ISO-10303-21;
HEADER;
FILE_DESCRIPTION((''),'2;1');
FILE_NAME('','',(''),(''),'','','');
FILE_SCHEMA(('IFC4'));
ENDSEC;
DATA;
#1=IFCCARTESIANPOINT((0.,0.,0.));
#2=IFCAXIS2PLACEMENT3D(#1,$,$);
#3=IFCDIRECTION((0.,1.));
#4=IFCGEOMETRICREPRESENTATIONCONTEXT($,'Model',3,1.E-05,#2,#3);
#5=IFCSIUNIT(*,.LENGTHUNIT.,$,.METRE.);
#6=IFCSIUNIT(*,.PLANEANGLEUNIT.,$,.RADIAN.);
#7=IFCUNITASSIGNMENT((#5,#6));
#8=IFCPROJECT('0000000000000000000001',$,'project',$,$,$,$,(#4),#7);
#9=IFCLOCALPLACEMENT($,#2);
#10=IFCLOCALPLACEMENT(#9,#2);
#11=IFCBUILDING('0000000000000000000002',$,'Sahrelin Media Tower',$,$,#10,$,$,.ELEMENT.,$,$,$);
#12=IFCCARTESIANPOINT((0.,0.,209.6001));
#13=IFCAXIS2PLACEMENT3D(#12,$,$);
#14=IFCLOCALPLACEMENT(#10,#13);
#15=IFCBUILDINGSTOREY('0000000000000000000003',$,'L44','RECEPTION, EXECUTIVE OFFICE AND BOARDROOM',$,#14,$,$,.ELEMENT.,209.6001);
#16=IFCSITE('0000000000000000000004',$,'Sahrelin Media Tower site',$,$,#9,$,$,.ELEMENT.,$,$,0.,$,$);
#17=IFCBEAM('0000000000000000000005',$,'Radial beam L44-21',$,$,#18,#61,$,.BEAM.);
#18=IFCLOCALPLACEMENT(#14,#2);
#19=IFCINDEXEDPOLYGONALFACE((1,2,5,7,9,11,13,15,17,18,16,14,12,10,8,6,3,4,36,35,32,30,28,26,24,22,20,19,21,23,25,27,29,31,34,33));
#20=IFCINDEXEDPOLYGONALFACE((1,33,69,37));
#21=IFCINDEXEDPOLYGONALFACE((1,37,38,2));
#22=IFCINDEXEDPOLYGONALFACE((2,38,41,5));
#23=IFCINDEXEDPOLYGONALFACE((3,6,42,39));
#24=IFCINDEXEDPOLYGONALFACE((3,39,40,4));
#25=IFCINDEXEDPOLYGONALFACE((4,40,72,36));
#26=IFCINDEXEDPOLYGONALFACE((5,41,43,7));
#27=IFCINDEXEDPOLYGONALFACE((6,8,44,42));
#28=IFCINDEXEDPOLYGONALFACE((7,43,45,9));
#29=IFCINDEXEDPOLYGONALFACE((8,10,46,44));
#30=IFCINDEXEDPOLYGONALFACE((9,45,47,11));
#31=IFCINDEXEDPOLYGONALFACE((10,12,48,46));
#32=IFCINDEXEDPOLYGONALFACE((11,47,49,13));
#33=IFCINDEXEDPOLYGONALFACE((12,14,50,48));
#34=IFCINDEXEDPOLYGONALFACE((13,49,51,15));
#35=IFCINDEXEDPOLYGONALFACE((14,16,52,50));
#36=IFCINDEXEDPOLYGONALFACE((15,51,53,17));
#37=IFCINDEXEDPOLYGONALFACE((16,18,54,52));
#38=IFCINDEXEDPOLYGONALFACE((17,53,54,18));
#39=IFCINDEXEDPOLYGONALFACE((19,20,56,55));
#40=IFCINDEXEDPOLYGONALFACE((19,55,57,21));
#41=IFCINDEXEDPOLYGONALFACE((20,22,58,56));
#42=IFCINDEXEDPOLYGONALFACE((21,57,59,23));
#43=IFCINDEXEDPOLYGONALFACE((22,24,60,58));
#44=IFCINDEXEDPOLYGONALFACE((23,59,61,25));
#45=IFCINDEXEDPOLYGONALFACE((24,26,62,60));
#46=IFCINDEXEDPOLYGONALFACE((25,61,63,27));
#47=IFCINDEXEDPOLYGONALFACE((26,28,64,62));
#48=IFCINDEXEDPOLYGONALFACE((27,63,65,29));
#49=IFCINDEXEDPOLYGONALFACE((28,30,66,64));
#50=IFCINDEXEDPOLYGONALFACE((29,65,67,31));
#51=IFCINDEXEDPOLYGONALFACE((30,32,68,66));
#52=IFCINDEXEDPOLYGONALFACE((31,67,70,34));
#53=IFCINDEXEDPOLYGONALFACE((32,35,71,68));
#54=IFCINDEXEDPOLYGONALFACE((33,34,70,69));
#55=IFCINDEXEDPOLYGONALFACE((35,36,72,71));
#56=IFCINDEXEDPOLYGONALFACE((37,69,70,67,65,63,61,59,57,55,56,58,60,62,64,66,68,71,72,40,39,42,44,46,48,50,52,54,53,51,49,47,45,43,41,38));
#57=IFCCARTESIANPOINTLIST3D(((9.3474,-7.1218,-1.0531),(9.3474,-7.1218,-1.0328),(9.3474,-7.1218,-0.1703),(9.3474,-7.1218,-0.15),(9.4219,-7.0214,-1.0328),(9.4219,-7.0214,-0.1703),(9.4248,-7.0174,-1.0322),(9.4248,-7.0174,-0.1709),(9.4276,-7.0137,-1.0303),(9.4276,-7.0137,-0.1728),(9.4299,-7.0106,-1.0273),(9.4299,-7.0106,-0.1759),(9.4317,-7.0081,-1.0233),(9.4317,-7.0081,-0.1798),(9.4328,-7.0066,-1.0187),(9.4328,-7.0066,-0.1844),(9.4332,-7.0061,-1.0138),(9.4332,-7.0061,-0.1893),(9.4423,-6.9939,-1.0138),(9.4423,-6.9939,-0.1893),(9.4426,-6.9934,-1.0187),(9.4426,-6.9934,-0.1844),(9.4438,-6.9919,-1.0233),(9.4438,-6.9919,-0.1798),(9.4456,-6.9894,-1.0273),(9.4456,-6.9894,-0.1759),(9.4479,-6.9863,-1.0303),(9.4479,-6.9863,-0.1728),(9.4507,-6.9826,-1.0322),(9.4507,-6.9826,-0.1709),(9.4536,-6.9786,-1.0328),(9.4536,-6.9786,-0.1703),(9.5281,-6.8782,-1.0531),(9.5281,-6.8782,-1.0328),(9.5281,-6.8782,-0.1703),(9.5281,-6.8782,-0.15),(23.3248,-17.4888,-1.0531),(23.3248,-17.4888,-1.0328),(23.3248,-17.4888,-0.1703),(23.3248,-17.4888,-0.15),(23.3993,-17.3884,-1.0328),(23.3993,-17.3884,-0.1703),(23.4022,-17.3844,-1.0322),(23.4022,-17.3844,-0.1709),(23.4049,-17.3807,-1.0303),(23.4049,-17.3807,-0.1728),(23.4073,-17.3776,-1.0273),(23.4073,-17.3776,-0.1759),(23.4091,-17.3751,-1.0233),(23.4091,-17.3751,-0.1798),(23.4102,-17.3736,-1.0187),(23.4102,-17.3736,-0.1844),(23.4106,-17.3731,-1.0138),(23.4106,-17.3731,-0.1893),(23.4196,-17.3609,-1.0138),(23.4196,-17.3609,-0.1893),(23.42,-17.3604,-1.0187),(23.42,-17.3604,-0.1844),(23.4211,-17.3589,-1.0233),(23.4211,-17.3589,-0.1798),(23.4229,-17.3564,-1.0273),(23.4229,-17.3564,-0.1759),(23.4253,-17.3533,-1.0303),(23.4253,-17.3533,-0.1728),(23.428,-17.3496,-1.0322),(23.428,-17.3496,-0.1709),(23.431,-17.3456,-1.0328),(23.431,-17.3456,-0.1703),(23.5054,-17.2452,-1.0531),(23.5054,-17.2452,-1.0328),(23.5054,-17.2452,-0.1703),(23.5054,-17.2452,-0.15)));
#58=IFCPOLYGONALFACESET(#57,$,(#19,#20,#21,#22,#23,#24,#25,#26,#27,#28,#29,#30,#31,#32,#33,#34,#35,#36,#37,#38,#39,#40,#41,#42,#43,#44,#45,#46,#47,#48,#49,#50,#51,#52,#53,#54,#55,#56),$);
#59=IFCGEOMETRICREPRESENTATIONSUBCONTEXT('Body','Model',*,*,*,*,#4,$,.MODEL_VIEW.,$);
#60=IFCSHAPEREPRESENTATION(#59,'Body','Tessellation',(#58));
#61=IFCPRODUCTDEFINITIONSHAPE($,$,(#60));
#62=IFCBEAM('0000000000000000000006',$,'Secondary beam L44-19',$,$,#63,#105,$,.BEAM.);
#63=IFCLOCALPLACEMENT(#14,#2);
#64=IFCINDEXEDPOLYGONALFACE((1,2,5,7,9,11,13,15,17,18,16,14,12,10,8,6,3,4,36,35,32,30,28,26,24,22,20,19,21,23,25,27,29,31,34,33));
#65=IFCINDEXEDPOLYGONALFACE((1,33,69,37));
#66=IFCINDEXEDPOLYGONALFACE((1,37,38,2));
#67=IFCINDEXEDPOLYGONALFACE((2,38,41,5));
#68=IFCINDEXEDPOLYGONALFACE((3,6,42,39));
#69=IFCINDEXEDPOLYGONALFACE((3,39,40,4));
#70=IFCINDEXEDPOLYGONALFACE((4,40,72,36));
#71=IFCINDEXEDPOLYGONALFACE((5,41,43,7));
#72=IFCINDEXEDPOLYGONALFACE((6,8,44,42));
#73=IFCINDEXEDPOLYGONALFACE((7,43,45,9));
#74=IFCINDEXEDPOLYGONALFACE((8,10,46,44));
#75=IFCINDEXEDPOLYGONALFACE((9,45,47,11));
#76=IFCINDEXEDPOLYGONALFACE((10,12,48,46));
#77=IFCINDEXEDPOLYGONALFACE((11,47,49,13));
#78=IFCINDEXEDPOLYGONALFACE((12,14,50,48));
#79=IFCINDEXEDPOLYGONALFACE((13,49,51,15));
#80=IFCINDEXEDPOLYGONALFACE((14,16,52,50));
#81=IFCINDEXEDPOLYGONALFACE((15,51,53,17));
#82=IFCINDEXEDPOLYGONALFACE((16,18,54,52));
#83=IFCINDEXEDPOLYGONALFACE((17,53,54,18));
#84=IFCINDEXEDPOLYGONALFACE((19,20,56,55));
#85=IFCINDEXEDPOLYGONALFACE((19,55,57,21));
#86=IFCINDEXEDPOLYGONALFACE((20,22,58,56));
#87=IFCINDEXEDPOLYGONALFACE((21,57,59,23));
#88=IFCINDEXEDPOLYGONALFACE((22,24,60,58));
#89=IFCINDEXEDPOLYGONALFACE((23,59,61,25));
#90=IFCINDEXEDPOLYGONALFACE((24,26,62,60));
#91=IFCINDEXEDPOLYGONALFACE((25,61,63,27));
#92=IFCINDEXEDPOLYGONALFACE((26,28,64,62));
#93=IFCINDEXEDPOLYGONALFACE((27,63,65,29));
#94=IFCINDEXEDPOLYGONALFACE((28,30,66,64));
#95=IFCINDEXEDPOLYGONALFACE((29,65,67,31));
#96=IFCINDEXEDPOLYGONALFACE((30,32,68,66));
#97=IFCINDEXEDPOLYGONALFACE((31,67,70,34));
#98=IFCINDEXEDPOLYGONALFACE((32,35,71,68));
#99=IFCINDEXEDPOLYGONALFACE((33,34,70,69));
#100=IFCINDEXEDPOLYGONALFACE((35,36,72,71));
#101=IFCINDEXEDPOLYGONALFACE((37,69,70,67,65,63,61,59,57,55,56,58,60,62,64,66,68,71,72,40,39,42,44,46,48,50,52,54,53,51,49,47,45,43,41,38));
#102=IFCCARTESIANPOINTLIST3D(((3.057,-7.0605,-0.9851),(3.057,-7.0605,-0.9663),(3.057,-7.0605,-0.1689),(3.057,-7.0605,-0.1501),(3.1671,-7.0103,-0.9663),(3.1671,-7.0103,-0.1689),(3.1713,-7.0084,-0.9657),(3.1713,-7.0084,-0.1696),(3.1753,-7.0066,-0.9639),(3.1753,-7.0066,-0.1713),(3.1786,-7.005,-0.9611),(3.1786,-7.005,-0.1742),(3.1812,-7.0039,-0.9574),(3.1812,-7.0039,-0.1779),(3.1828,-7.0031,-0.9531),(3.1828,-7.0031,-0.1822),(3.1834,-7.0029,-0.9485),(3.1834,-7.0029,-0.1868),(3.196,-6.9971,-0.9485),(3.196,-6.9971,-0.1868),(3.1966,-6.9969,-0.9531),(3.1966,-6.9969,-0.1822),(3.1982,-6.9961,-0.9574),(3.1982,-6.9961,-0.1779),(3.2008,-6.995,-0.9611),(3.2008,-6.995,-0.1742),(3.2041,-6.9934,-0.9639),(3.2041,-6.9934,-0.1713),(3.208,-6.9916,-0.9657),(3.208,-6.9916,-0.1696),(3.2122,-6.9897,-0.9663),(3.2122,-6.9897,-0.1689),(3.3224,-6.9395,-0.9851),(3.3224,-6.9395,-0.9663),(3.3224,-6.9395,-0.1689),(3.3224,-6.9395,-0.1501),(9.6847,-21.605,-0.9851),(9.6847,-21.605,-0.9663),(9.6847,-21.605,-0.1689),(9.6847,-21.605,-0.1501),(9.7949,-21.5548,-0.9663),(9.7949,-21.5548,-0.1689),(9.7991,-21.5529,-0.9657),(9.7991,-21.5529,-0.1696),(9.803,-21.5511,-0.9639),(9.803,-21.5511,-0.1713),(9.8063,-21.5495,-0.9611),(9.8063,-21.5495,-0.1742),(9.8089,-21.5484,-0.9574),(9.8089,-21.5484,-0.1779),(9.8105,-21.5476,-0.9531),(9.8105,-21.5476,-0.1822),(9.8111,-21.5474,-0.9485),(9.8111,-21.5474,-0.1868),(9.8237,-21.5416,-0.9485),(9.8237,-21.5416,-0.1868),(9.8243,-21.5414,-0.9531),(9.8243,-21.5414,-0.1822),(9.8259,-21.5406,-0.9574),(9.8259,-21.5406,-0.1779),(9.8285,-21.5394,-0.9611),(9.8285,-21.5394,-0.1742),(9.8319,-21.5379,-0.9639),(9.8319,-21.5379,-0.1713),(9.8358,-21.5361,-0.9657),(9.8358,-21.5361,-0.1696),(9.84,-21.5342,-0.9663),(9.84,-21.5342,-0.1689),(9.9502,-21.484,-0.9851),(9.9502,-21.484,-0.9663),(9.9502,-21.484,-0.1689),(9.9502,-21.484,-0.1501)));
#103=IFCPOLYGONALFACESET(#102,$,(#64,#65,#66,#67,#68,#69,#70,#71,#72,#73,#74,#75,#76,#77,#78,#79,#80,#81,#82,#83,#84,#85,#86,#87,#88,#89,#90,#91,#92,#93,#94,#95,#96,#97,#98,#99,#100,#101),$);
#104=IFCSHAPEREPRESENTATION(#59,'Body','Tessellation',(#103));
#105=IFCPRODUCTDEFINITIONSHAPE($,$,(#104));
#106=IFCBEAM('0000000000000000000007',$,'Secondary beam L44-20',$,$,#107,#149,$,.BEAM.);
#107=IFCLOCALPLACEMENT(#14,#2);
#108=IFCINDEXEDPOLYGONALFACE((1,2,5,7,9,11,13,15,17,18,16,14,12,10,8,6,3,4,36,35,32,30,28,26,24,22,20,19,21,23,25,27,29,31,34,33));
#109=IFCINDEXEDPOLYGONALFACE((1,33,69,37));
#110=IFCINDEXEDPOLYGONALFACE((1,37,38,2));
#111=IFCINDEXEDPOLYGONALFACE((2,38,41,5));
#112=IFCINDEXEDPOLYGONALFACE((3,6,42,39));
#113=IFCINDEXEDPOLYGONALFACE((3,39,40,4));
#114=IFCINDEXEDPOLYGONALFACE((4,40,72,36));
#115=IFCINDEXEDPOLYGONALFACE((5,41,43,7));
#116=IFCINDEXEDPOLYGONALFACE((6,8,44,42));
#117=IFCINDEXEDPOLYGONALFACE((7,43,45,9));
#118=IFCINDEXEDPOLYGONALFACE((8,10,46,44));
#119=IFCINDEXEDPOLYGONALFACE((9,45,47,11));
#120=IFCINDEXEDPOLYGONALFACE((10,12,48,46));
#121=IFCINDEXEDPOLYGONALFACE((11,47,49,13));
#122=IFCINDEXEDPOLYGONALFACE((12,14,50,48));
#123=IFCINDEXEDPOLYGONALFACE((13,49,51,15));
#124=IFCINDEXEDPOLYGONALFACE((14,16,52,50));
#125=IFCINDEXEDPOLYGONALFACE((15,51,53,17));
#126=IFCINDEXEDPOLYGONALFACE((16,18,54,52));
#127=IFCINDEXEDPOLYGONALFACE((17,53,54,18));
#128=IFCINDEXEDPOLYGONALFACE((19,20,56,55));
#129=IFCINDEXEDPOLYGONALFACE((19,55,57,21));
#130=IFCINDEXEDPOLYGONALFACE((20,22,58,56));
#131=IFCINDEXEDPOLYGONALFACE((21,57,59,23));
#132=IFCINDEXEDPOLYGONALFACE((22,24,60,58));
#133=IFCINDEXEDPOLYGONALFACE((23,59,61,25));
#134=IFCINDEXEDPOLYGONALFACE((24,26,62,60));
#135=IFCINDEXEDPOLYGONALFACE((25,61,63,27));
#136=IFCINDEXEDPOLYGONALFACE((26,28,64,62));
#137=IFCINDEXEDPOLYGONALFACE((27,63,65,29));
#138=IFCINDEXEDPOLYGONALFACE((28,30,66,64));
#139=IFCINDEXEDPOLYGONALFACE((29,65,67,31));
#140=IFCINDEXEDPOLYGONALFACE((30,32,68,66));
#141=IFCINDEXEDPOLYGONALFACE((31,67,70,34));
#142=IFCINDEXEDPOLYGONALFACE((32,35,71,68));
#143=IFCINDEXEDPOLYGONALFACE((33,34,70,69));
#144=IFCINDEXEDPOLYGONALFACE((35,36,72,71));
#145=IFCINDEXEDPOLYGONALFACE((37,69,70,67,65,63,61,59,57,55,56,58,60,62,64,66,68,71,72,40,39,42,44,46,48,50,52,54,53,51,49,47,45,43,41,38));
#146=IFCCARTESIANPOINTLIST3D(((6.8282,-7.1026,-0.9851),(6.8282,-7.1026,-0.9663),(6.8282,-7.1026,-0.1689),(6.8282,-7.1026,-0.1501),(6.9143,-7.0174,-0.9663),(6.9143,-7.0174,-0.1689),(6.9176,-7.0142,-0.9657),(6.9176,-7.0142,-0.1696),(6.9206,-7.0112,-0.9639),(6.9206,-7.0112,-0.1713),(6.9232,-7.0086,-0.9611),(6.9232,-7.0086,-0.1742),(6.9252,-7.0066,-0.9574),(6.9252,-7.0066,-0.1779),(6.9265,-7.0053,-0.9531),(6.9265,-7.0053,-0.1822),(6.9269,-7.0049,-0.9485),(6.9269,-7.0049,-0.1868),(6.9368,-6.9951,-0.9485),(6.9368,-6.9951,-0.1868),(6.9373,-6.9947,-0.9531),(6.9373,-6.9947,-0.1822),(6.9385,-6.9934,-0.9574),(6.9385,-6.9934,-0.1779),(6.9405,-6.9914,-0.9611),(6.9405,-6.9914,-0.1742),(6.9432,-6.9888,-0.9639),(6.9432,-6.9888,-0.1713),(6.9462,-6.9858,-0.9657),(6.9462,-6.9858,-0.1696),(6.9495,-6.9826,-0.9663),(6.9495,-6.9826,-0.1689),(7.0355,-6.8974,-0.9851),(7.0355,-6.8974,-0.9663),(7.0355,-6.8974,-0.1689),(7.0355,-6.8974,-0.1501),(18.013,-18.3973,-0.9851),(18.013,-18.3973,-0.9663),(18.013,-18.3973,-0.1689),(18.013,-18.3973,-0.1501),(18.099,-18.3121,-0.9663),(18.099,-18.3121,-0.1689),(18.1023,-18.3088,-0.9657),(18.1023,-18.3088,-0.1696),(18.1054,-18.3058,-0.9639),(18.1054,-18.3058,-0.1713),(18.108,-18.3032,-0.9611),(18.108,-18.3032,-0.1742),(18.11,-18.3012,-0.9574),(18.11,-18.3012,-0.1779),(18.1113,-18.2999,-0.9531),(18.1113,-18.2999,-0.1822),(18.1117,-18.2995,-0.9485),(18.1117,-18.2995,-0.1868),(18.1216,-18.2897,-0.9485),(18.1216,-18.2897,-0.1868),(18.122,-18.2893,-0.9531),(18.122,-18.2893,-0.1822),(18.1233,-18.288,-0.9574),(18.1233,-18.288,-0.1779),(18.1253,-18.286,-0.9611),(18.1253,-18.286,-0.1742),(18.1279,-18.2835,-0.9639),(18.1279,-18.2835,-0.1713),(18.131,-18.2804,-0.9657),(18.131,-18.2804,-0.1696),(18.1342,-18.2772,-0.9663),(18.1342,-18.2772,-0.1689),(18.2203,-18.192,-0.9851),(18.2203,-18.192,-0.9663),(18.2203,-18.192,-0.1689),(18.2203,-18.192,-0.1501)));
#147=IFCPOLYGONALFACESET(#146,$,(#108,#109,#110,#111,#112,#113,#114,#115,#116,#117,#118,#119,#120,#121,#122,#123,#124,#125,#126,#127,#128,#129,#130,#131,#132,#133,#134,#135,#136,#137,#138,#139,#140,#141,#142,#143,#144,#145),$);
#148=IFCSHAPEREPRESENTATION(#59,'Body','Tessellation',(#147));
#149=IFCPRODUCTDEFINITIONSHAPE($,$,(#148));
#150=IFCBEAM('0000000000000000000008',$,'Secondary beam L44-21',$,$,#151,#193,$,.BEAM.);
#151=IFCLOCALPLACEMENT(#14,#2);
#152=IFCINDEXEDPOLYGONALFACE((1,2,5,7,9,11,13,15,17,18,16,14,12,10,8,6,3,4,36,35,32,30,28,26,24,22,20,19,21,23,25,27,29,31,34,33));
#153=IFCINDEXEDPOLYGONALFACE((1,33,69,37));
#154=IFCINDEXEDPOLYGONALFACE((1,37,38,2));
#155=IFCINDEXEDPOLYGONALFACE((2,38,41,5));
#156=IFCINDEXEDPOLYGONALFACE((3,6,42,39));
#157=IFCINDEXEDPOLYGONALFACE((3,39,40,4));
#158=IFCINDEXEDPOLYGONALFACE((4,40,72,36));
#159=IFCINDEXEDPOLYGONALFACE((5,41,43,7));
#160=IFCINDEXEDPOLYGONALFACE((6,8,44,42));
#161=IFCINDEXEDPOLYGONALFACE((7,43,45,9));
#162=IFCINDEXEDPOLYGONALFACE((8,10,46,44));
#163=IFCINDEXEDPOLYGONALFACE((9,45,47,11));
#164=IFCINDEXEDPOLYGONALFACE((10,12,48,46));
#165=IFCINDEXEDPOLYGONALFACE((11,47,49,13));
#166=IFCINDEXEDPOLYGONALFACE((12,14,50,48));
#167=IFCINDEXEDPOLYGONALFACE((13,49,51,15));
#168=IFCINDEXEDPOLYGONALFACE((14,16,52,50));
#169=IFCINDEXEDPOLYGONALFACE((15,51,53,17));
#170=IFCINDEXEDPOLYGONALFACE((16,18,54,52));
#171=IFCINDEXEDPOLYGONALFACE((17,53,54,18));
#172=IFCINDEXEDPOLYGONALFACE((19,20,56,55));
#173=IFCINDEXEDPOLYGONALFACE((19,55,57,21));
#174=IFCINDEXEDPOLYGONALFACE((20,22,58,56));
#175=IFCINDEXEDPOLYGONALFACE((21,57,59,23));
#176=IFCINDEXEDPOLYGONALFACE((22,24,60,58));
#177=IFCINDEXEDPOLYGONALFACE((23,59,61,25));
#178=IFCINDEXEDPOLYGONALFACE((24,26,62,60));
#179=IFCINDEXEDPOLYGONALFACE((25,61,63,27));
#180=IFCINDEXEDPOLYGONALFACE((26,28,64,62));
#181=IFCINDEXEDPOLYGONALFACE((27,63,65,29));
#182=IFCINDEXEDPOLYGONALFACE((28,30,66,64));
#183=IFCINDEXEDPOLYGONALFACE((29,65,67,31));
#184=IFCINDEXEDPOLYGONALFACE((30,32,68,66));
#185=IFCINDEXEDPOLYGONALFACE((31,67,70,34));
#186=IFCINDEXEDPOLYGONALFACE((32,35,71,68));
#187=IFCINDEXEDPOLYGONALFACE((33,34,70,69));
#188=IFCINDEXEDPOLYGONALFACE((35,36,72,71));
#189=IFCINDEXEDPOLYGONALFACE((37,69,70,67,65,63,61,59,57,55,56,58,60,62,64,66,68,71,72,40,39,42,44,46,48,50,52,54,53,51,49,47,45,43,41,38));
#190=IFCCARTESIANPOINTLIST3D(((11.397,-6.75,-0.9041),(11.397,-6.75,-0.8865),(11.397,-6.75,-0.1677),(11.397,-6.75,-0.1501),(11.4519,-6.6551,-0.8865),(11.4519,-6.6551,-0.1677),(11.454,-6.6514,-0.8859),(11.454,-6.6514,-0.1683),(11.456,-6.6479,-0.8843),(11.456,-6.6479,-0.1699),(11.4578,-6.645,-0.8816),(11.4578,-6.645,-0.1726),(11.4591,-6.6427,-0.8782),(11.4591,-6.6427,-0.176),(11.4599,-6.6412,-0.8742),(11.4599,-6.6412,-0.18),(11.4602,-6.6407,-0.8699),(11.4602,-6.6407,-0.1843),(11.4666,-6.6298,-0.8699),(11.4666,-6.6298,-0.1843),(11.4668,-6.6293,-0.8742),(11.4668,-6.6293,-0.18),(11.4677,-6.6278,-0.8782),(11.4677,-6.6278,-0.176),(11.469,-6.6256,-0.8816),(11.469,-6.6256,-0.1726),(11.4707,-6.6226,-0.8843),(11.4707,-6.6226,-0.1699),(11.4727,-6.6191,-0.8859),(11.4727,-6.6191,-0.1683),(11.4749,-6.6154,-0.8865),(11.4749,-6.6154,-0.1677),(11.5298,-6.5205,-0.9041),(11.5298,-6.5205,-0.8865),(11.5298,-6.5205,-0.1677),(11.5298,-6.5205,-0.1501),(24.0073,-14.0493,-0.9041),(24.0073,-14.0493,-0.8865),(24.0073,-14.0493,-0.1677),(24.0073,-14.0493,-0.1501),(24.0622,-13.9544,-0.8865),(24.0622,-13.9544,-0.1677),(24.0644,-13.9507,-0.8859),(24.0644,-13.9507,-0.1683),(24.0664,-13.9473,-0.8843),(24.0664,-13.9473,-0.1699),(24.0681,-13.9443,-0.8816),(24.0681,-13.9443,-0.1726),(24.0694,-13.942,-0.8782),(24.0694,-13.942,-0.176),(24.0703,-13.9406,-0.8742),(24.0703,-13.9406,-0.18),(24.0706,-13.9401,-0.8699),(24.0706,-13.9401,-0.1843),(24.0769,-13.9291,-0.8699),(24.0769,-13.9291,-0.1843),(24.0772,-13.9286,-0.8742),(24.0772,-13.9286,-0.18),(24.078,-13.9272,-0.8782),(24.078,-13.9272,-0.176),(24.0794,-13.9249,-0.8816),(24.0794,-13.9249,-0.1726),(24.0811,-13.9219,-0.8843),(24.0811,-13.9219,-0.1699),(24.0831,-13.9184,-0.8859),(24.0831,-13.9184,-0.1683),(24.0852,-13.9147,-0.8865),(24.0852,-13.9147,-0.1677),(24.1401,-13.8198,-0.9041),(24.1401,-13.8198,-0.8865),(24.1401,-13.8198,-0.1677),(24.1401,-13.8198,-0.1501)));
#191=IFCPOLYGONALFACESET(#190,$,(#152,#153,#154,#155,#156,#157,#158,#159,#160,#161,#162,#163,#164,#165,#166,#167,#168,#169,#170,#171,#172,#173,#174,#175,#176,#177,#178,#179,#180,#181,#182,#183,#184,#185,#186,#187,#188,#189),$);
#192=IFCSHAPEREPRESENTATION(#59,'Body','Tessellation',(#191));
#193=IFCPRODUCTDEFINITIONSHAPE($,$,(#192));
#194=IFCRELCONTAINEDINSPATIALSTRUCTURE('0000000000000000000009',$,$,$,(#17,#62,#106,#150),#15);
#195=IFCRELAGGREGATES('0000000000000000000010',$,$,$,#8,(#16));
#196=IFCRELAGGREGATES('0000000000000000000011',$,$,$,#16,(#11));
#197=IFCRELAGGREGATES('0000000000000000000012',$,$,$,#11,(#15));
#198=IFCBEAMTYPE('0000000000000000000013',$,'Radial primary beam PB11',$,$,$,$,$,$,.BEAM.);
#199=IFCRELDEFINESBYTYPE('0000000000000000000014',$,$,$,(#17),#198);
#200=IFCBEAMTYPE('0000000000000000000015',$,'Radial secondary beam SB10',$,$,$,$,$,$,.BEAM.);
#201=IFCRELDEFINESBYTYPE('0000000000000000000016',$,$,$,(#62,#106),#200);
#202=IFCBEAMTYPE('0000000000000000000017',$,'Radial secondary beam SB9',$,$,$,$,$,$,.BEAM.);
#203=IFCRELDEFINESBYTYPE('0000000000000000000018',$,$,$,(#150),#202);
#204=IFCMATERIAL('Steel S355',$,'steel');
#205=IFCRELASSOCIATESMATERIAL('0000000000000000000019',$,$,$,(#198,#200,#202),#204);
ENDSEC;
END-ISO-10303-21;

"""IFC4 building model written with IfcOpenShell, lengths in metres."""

from ifc_helpers import new_model, si_unit, direction, frame, origin, origin_2d, place, context, subcontext, project, spatial, i_section, extrude, material, material_profile, profile_set, type_object, element, save


model = new_model("IFC4")

# Units and contexts
model_context = context("Model", 3, precision=1e-05, world=origin(), true_north=direction((0.0, 1.0)))
body_context = subcontext(model_context, "Body", "Model", "MODEL_VIEW")
ifc_project = project(units=[si_unit("LENGTHUNIT", "METRE"), si_unit("PLANEANGLEUNIT", "RADIAN")], contexts=[model_context])

# Site, building, storey
site_placement = place(None, origin())
site = spatial("IfcSite", under=ifc_project, at=site_placement, Name="Sahrelin Media Tower site", CompositionType="ELEMENT", RefElevation=0.0)
building_placement = place(site_placement, origin())
building = spatial("IfcBuilding", under=site, at=building_placement, Name="Sahrelin Media Tower", CompositionType="ELEMENT")
storey_placement = place(building_placement, frame((0.0, 0.0, 209.6001)))
storey = spatial("IfcBuildingStorey", under=building, at=storey_placement, Name="L44", Description="RECEPTION, EXECUTIVE OFFICE AND BOARDROOM", CompositionType="ELEMENT", Elevation=209.6001)

# Shared definitions
ifc_material_1 = material(Name="Steel S355", Category="steel")

# Beams
ifc_material_profile_1 = material_profile(ifc_material_1, i_section(OverallWidth=0.3032, OverallDepth=0.9031, WebThickness=0.0151, FlangeThickness=0.0203, FilletRadius=0.019, at=origin_2d()), Name="UB 914x305x201")
ifc_profile_set_1 = profile_set([ifc_material_profile_1], Name="Steel S355")
beam_type_1 = type_object("IfcBeamType", Name="Radial primary beam PB11", PredefinedType="BEAM", material=ifc_profile_set_1)
beam_1_placement = place(storey_placement, frame((9.4377, -7.0, -0.6016), z_axis=(0.803189, -0.595724, 0.0), x_axis=(0.595724, 0.803189, 0.0)))
element("IfcBeam", 1, at=beam_1_placement, inside=storey, type_object=beam_type_1, Name="Radial beam L44-21", PredefinedType="BEAM", context=body_context, shape_type="SweptSolid", body=[
    extrude(i_section(OverallWidth=0.3032, OverallDepth=0.9031, WebThickness=0.0151, FlangeThickness=0.0203, FilletRadius=0.019, at=origin_2d()), origin(), (0.0, 0.0, 1.0), 17.4023),
])
ifc_material_profile_2 = material_profile(ifc_material_1, i_section(OverallWidth=0.2917, OverallDepth=0.835, WebThickness=0.0139, FlangeThickness=0.0188, FilletRadius=0.0178, at=origin_2d()), Name="UB 838x292x176")
ifc_profile_set_2 = profile_set([ifc_material_profile_2], Name="Steel S355")
beam_type_2 = type_object("IfcBeamType", Name="Radial secondary beam SB10", PredefinedType="BEAM", material=ifc_profile_set_2)
beam_2_placement = place(storey_placement, frame((3.1897, -7.0, -0.5676), z_axis=(0.414662, -0.909975, 0.0), x_axis=(0.909975, 0.414662, 0.0)))
element("IfcBeam", 2, at=beam_2_placement, inside=storey, type_object=beam_type_2, Name="Secondary beam L44-19", PredefinedType="BEAM", context=body_context, shape_type="SweptSolid", body=[
    extrude(i_section(OverallWidth=0.2917, OverallDepth=0.835, WebThickness=0.0139, FlangeThickness=0.0188, FilletRadius=0.0178, at=origin_2d()), origin(), (0.0, 0.0, 1.0), 15.9834),
])
beam_3_placement = place(storey_placement, frame((6.9319, -7.0, -0.5676), z_axis=(0.703643, -0.710554, 0.0), x_axis=(0.710554, 0.703643, 0.0)))
element("IfcBeam", 3, at=beam_3_placement, inside=storey, type_object=beam_type_2, Name="Secondary beam L44-20", PredefinedType="BEAM", context=body_context, shape_type="SweptSolid", body=[
    extrude(i_section(OverallWidth=0.2917, OverallDepth=0.835, WebThickness=0.0139, FlangeThickness=0.0188, FilletRadius=0.0178, at=origin_2d()), origin(), (0.0, 0.0, 1.0), 15.8955),
])
ifc_material_profile_3 = material_profile(ifc_material_1, i_section(OverallWidth=0.2651, OverallDepth=0.7539, WebThickness=0.0127, FlangeThickness=0.0176, FilletRadius=0.0166, at=origin_2d()), Name="UB 762x267x147")
ifc_profile_set_3 = profile_set([ifc_material_profile_3], Name="Steel S355")
beam_type_3 = type_object("IfcBeamType", Name="Radial secondary beam SB9", PredefinedType="BEAM", material=ifc_profile_set_3)
beam_4_placement = place(storey_placement, frame((11.4634, -6.6353, -0.5271), z_axis=(0.865468, -0.500964, 0.0), x_axis=(0.500964, 0.865468, 0.0)))
element("IfcBeam", 4, at=beam_4_placement, inside=storey, type_object=beam_type_3, Name="Secondary beam L44-21", PredefinedType="BEAM", context=body_context, shape_type="SweptSolid", body=[
    extrude(i_section(OverallWidth=0.2651, OverallDepth=0.7539, WebThickness=0.0127, FlangeThickness=0.0176, FilletRadius=0.0166, at=origin_2d()), origin(), (0.0, 0.0, 1.0), 14.5706),
])

save(model, "model.ifc")
